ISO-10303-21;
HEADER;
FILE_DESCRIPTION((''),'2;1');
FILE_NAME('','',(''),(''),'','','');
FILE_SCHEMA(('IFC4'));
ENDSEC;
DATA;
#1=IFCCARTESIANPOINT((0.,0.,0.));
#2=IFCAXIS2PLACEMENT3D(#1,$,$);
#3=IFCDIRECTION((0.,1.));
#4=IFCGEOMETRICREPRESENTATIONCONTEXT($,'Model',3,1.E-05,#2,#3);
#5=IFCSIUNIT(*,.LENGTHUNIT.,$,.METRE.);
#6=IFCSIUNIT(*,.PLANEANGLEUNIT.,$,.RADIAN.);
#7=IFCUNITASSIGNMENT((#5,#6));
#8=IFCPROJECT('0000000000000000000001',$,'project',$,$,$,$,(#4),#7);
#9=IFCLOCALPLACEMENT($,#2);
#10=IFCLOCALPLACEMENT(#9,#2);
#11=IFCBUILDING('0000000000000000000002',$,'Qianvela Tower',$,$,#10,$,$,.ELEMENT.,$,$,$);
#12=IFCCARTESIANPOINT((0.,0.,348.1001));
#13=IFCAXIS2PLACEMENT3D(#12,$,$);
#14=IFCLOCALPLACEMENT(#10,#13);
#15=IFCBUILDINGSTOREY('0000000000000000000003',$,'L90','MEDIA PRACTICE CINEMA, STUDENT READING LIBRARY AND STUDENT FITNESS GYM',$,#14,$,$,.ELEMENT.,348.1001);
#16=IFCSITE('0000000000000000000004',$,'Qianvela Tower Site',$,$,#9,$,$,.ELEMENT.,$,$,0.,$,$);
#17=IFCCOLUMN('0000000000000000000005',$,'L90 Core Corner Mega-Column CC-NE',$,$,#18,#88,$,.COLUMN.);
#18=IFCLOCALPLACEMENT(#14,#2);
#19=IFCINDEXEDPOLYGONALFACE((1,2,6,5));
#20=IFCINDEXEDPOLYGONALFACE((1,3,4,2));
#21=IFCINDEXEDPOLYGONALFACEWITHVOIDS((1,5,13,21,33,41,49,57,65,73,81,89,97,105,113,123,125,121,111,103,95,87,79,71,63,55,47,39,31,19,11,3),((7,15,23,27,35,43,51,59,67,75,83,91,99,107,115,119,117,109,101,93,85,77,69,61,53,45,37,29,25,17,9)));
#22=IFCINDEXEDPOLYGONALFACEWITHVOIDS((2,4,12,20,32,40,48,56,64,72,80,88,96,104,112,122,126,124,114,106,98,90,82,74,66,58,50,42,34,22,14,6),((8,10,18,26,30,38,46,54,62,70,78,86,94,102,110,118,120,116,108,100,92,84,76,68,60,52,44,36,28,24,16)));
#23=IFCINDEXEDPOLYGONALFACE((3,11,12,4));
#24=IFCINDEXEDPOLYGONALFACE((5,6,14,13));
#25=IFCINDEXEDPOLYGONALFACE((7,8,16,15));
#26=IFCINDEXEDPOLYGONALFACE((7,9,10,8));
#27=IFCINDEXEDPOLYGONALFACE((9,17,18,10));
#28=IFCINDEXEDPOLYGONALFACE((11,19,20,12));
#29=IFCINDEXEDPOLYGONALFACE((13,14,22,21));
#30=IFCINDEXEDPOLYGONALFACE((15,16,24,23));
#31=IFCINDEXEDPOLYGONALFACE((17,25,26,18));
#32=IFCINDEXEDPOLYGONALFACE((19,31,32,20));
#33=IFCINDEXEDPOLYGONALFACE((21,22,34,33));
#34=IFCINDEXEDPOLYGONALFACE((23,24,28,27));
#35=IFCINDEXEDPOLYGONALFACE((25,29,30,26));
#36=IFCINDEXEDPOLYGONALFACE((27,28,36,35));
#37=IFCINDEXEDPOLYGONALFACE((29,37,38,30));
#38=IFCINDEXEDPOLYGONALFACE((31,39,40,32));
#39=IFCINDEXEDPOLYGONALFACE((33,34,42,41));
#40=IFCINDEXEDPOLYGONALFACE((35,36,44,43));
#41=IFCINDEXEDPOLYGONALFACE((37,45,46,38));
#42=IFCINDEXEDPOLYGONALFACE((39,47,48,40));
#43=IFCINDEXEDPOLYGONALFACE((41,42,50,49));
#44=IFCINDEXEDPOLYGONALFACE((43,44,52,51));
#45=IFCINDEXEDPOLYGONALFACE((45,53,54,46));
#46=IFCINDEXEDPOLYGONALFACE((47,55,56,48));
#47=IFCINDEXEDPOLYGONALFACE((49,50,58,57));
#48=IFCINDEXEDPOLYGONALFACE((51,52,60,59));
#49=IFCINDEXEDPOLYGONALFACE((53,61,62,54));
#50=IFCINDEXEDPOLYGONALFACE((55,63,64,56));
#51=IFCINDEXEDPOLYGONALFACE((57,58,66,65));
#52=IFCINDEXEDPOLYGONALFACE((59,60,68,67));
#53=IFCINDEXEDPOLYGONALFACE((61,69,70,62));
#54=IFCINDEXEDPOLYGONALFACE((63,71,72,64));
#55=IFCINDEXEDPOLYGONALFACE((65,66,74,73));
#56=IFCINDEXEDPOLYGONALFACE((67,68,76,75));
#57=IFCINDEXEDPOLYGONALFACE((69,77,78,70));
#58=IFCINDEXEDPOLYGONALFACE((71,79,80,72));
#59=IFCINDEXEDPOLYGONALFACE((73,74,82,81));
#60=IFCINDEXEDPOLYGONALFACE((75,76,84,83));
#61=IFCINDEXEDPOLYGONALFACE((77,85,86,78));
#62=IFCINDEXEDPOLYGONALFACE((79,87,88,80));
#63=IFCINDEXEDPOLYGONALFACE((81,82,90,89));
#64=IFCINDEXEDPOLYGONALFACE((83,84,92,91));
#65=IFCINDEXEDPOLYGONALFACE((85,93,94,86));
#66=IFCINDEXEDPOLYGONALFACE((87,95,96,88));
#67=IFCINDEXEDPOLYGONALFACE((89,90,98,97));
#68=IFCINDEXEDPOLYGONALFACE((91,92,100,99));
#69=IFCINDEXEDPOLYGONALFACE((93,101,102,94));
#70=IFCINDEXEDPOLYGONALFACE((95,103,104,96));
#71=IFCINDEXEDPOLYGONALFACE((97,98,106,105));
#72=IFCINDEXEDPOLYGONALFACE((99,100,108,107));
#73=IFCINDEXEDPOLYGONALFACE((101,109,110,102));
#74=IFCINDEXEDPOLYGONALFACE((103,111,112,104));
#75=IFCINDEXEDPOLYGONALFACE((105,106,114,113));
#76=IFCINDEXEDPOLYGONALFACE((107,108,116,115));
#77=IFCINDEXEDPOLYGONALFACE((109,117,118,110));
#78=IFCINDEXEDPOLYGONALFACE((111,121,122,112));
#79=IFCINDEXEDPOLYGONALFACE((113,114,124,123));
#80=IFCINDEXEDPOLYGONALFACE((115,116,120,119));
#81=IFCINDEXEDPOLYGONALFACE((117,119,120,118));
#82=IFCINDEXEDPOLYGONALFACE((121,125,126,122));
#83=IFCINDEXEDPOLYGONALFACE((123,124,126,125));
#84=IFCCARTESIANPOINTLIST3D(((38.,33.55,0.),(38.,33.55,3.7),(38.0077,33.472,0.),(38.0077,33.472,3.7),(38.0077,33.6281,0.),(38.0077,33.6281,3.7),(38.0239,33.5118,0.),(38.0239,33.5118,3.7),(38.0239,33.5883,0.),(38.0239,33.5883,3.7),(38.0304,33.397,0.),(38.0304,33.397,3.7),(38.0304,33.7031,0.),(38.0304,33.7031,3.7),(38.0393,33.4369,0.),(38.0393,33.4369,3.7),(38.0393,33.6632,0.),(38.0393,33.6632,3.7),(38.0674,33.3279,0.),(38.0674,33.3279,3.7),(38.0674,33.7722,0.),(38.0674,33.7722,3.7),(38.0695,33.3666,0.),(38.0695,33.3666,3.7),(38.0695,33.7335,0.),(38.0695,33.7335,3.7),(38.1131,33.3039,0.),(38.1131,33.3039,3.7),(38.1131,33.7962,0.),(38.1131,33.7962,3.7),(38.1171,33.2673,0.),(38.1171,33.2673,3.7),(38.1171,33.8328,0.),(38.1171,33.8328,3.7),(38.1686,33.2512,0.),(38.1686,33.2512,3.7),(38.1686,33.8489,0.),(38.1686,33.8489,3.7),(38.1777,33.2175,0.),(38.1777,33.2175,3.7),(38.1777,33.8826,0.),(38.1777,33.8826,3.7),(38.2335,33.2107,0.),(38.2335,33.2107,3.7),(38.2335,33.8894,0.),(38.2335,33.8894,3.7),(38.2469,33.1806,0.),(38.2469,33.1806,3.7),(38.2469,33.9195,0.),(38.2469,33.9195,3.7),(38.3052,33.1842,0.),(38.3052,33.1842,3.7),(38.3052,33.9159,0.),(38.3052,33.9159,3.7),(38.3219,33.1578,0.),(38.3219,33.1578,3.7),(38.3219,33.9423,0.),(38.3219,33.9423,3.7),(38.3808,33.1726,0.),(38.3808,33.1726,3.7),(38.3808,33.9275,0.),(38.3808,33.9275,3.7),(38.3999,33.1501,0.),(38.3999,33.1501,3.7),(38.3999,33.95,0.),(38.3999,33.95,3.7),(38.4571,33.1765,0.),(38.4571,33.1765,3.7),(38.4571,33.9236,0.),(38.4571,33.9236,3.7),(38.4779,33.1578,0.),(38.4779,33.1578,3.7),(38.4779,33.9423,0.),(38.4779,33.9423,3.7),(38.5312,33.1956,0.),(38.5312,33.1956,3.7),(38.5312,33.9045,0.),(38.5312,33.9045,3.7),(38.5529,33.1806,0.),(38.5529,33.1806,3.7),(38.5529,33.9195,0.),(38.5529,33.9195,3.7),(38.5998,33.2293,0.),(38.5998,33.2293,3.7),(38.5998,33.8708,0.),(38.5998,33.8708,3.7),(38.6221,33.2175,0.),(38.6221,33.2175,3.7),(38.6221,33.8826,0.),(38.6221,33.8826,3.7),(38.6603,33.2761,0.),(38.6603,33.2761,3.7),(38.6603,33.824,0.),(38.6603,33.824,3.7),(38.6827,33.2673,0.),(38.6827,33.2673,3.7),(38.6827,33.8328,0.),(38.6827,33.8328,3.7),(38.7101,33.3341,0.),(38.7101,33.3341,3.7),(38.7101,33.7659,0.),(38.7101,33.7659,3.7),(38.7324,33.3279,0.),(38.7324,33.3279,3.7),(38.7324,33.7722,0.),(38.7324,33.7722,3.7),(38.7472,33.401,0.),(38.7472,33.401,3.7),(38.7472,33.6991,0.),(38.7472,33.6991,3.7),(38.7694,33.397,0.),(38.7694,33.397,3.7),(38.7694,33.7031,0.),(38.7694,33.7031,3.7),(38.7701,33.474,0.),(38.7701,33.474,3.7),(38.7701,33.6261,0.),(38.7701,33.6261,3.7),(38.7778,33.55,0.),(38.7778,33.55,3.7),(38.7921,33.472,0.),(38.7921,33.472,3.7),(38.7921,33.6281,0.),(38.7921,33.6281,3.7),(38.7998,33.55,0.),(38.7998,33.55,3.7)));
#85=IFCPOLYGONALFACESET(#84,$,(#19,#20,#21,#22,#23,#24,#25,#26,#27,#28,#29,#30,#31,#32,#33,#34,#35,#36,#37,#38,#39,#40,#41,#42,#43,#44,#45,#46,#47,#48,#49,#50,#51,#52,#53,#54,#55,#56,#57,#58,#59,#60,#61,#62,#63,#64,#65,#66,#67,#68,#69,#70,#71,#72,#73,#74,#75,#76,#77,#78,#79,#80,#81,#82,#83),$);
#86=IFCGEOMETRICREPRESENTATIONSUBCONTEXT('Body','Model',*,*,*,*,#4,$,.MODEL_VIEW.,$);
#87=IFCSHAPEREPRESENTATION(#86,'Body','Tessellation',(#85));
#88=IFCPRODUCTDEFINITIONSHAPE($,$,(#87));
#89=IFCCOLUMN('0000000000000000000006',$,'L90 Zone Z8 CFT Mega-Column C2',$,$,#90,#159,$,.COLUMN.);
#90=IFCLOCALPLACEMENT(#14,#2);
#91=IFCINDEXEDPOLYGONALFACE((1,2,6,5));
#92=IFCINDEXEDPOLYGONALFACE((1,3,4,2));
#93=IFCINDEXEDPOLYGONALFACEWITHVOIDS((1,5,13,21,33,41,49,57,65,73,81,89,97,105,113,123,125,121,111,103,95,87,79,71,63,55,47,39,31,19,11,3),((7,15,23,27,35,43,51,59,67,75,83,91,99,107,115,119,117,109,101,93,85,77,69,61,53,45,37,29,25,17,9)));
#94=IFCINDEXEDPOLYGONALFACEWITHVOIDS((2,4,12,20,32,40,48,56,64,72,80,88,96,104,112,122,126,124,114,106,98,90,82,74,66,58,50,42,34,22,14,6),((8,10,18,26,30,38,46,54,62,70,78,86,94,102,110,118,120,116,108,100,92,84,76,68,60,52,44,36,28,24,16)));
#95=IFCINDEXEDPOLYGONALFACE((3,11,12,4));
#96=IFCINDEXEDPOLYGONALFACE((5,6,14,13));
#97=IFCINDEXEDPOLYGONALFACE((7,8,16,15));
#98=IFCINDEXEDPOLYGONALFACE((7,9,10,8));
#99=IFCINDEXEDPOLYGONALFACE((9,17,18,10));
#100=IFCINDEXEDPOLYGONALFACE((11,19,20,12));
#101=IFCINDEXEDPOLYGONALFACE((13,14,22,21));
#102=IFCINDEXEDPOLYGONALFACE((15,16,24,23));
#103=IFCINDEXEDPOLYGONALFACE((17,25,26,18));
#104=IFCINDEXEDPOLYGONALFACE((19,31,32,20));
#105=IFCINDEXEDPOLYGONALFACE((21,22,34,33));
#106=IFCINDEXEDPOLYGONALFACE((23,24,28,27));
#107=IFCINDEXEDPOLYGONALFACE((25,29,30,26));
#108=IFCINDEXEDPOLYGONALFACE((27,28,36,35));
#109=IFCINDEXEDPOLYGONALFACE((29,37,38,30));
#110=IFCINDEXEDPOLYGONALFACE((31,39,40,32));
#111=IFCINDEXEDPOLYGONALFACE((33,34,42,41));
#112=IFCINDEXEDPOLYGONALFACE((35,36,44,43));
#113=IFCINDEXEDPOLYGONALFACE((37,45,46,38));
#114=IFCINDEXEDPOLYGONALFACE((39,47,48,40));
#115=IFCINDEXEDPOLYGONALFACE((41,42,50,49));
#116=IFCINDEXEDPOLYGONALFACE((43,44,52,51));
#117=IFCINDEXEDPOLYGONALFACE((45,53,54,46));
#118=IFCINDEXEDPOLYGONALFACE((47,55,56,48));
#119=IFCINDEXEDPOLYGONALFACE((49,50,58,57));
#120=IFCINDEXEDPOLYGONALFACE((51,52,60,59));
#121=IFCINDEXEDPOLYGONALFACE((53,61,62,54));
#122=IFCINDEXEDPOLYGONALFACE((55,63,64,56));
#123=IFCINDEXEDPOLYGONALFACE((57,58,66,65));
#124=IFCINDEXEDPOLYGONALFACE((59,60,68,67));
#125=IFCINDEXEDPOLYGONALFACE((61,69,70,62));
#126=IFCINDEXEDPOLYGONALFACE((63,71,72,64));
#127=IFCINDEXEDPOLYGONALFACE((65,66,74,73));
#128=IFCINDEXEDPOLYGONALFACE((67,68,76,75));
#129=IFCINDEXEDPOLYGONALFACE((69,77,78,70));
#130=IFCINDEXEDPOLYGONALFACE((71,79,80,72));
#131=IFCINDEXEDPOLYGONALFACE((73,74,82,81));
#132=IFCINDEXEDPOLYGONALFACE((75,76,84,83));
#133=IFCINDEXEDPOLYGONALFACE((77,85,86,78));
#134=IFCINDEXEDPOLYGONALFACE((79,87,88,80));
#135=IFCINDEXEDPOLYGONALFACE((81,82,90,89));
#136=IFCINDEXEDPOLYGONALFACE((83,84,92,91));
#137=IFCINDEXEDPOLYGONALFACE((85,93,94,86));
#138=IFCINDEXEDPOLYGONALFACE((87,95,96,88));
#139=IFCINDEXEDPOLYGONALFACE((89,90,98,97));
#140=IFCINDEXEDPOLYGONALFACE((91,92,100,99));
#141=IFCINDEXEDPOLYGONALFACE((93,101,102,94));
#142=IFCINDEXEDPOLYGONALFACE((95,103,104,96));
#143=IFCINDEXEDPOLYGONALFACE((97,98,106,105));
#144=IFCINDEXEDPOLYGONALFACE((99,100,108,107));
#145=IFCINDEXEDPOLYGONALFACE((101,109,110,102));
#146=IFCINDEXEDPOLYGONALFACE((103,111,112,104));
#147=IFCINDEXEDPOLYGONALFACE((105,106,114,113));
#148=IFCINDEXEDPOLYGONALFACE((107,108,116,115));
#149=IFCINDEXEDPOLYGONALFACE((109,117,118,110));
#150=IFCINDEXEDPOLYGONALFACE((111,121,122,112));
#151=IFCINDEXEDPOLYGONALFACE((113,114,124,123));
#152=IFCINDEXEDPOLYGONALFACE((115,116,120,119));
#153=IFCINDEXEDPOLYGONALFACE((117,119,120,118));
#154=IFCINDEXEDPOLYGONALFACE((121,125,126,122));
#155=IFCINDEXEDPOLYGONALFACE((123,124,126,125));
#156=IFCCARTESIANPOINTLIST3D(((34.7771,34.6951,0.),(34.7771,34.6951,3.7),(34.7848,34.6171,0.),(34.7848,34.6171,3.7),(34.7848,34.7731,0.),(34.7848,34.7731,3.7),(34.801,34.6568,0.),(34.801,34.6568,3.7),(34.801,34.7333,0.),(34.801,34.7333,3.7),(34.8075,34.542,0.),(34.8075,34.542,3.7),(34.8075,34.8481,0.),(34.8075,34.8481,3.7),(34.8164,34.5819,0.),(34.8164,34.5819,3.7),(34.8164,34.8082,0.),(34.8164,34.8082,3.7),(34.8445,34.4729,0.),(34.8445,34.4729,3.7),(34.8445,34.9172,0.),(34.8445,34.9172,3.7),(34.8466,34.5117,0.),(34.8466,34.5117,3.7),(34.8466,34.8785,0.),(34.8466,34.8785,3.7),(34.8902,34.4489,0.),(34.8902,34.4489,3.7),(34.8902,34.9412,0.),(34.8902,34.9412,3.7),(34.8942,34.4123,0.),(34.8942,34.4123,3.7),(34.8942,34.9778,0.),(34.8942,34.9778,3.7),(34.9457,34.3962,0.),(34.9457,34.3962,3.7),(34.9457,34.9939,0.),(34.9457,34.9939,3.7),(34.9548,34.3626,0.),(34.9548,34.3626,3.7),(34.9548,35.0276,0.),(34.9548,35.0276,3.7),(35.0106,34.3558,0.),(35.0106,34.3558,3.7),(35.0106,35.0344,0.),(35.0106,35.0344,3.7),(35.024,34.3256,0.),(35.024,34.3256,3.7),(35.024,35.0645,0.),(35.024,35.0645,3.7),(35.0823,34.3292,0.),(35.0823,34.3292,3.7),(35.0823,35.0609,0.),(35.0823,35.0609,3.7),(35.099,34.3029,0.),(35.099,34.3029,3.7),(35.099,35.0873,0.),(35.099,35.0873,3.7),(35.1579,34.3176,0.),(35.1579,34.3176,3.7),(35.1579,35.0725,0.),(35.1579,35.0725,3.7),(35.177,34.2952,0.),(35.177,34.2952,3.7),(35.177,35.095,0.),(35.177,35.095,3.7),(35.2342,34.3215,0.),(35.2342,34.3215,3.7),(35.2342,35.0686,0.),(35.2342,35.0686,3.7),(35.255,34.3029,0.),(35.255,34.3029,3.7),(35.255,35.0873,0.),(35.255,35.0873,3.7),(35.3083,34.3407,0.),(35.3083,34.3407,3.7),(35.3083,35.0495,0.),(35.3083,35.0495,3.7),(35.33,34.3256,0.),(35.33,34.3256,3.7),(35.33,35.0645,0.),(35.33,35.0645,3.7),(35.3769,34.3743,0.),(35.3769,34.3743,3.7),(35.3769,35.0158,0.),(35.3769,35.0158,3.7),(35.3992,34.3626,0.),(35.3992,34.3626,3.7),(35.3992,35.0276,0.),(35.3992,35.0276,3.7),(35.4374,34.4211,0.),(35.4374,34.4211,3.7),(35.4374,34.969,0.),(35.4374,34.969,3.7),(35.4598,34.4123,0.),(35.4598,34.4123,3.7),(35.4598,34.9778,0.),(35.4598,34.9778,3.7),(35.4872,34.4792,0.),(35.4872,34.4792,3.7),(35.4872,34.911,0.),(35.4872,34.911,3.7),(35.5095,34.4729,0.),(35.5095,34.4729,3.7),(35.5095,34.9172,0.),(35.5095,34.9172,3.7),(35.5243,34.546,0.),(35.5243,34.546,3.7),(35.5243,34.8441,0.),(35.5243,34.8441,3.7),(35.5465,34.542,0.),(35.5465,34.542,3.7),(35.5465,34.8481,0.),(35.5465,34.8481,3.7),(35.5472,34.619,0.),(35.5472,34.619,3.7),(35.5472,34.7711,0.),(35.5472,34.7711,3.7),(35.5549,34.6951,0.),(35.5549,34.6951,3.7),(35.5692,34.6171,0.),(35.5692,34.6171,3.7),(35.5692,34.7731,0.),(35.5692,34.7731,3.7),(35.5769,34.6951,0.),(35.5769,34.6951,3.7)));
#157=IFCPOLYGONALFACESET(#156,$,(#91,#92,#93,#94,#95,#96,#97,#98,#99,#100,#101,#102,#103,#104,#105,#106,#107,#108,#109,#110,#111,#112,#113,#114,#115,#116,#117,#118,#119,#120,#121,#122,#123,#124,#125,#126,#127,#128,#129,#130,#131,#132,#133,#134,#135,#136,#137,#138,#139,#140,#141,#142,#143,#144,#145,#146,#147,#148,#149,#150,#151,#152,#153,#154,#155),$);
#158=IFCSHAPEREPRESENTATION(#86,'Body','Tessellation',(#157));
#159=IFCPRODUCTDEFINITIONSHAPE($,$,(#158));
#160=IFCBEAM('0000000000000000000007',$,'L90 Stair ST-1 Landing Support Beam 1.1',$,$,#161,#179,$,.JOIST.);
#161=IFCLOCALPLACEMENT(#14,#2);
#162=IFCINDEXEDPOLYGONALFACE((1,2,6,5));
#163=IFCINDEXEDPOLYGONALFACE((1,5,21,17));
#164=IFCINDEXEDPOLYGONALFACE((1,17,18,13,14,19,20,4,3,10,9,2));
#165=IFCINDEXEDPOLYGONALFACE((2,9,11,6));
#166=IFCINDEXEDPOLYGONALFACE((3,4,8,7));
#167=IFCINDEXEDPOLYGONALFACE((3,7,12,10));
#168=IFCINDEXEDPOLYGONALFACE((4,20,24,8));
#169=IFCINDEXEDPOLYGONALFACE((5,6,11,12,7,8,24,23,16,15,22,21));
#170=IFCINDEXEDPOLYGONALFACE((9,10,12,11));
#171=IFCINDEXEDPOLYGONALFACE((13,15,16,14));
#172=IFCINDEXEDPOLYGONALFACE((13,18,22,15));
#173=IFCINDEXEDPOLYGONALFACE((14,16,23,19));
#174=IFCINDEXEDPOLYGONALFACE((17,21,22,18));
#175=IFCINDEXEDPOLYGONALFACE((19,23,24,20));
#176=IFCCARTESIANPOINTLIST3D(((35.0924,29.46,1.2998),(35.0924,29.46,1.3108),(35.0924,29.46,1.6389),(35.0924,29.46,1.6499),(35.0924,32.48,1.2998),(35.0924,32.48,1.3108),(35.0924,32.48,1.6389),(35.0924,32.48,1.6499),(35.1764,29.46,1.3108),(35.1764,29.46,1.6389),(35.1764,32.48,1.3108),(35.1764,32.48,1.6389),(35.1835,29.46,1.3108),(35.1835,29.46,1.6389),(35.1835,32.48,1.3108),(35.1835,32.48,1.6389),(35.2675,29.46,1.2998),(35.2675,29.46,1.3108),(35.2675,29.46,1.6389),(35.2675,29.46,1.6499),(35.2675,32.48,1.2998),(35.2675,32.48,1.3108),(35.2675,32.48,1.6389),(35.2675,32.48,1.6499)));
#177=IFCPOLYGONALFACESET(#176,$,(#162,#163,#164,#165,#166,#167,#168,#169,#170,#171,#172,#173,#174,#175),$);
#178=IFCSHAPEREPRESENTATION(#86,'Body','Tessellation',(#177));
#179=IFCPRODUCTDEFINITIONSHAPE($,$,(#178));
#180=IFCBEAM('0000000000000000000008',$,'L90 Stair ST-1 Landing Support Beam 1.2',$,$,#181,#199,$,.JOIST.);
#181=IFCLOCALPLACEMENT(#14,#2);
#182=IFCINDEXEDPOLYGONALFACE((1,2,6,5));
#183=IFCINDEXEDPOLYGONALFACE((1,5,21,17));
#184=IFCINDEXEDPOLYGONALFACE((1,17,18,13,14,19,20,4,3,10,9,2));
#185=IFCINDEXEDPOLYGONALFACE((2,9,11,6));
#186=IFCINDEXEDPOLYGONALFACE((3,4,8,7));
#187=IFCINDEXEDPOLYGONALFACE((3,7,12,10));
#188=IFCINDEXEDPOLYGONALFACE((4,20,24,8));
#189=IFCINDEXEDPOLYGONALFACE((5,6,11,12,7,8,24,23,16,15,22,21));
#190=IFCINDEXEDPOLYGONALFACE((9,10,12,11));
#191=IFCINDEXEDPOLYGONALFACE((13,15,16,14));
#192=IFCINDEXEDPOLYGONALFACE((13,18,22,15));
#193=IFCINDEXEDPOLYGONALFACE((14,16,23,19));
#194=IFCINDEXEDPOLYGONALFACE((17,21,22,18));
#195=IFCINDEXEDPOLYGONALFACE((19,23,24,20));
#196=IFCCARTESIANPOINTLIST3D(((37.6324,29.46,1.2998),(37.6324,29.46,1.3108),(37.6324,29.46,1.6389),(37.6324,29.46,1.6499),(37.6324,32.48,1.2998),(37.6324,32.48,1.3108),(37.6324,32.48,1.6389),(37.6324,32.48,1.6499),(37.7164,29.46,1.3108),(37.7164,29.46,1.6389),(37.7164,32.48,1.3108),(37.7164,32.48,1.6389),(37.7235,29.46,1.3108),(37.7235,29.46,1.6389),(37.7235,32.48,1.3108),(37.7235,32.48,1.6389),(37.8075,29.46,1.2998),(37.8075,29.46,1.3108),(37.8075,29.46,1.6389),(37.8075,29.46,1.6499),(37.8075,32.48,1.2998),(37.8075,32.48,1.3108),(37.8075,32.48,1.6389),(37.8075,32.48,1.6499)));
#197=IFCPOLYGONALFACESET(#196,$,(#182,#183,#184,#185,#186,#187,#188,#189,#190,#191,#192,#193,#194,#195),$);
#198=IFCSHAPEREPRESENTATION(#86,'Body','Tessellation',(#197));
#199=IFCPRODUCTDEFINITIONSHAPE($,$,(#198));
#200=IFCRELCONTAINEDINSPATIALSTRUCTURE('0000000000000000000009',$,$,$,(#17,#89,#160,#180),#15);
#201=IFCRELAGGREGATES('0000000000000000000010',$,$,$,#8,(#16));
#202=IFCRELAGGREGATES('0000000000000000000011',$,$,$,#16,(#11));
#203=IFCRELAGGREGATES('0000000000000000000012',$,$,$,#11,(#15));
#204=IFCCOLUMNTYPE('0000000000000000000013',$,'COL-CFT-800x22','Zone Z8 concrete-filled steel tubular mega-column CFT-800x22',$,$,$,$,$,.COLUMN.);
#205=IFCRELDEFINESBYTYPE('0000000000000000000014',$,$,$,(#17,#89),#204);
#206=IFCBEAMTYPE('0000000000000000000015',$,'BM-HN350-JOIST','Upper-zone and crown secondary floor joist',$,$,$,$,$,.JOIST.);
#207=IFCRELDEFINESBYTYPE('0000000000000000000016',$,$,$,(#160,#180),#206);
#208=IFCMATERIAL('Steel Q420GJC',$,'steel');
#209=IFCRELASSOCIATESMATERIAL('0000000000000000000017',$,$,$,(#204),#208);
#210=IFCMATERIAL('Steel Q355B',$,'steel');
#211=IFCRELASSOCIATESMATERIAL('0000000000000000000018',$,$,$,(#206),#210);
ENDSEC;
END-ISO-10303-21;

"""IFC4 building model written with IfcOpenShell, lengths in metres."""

from ifc_helpers import new_model, si_unit, direction, frame, origin, origin_2d, place, context, subcontext, project, spatial, hollow_circle, i_section, extrude, material, material_profile, profile_set, type_object, element, save


model = new_model("IFC4")

# Units and contexts
model_context = context("Model", 3, precision=1e-05, world=origin(), true_north=direction((0.0, 1.0)))
body_context = subcontext(model_context, "Body", "Model", "MODEL_VIEW")
ifc_project = project(units=[si_unit("LENGTHUNIT", "METRE"), si_unit("PLANEANGLEUNIT", "RADIAN")], contexts=[model_context])

# Site, building, storey
site_placement = place(None, origin())
site = spatial("IfcSite", under=ifc_project, at=site_placement, Name="Qianvela Tower Site", CompositionType="ELEMENT", RefElevation=0.0)
building_placement = place(site_placement, origin())
building = spatial("IfcBuilding", under=site, at=building_placement, Name="Qianvela Tower", CompositionType="ELEMENT")
storey_placement = place(building_placement, frame((0.0, 0.0, 348.1001)))
storey = spatial("IfcBuildingStorey", under=building, at=storey_placement, Name="L90", Description="MEDIA PRACTICE CINEMA, STUDENT READING LIBRARY AND STUDENT FITNESS GYM", CompositionType="ELEMENT", Elevation=348.1001)

# Columns
ifc_material_1 = material(Name="Steel Q420GJC", Category="steel")
ifc_material_profile_1 = material_profile(ifc_material_1, hollow_circle(Radius=0.3999, WallThickness=0.022, at=origin_2d()), Name="CFT-800x22")
ifc_profile_set_1 = profile_set([ifc_material_profile_1], Name="Steel Q420GJC")
column_type = type_object("IfcColumnType", Name="COL-CFT-800x22", Description="Zone Z8 concrete-filled steel tubular mega-column CFT-800x22", PredefinedType="COLUMN", material=ifc_profile_set_1)
for number, where, z_axis, x_axis, name in (
    (1, (38.3999, 33.55, 0.0), (0.0, 0.0, 1.0), (1.0, 0.0, 0.0), "L90 Core Corner Mega-Column CC-NE"),
    (2, (35.177, 34.6951, 0.0), (0.0, 0.0, 1.0), (1.0, 0.0, 0.0), "L90 Zone Z8 CFT Mega-Column C2"),
):
    element("IfcColumn", number, at=place(storey_placement, frame(where, z_axis=z_axis, x_axis=x_axis)), inside=storey, type_object=column_type, Name=name, PredefinedType="COLUMN", context=body_context, shape_type="SweptSolid", body=[
        extrude(hollow_circle(Radius=0.3999, WallThickness=0.022, at=origin_2d()), origin(), (0.0, 0.0, 1.0), 3.7),
    ])

# Beams
ifc_material_2 = material(Name="Steel Q355B", Category="steel")
ifc_material_profile_2 = material_profile(ifc_material_2, i_section(OverallWidth=0.175, OverallDepth=0.3501, WebThickness=0.0071, FlangeThickness=0.011, at=origin_2d()), Name="HN350x175x7x11")
ifc_profile_set_2 = profile_set([ifc_material_profile_2], Name="Steel Q355B")
beam_type_1 = type_object("IfcBeamType", Name="BM-HN350-JOIST", Description="Upper-zone and crown secondary floor joist", PredefinedType="JOIST", material=ifc_profile_set_2)
for number, where, z_axis, x_axis, name in (
    (3, (35.1799, 29.46, 1.4749), (0.0, 1.0, 0.0), (-1.0, 0.0, 0.0), "L90 Stair ST-1 Landing Support Beam 1.1"),
    (4, (37.72, 29.46, 1.4749), (0.0, 1.0, 0.0), (-1.0, 0.0, 0.0), "L90 Stair ST-1 Landing Support Beam 1.2"),
):
    element("IfcBeam", number, at=place(storey_placement, frame(where, z_axis=z_axis, x_axis=x_axis)), inside=storey, type_object=beam_type_1, Name=name, PredefinedType="JOIST", context=body_context, shape_type="SweptSolid", body=[
        extrude(i_section(OverallWidth=0.175, OverallDepth=0.3501, WebThickness=0.0071, FlangeThickness=0.011, at=origin_2d()), origin(), (0.0, 0.0, 1.0), 3.02),
    ])

save(model, "model.ifc")
